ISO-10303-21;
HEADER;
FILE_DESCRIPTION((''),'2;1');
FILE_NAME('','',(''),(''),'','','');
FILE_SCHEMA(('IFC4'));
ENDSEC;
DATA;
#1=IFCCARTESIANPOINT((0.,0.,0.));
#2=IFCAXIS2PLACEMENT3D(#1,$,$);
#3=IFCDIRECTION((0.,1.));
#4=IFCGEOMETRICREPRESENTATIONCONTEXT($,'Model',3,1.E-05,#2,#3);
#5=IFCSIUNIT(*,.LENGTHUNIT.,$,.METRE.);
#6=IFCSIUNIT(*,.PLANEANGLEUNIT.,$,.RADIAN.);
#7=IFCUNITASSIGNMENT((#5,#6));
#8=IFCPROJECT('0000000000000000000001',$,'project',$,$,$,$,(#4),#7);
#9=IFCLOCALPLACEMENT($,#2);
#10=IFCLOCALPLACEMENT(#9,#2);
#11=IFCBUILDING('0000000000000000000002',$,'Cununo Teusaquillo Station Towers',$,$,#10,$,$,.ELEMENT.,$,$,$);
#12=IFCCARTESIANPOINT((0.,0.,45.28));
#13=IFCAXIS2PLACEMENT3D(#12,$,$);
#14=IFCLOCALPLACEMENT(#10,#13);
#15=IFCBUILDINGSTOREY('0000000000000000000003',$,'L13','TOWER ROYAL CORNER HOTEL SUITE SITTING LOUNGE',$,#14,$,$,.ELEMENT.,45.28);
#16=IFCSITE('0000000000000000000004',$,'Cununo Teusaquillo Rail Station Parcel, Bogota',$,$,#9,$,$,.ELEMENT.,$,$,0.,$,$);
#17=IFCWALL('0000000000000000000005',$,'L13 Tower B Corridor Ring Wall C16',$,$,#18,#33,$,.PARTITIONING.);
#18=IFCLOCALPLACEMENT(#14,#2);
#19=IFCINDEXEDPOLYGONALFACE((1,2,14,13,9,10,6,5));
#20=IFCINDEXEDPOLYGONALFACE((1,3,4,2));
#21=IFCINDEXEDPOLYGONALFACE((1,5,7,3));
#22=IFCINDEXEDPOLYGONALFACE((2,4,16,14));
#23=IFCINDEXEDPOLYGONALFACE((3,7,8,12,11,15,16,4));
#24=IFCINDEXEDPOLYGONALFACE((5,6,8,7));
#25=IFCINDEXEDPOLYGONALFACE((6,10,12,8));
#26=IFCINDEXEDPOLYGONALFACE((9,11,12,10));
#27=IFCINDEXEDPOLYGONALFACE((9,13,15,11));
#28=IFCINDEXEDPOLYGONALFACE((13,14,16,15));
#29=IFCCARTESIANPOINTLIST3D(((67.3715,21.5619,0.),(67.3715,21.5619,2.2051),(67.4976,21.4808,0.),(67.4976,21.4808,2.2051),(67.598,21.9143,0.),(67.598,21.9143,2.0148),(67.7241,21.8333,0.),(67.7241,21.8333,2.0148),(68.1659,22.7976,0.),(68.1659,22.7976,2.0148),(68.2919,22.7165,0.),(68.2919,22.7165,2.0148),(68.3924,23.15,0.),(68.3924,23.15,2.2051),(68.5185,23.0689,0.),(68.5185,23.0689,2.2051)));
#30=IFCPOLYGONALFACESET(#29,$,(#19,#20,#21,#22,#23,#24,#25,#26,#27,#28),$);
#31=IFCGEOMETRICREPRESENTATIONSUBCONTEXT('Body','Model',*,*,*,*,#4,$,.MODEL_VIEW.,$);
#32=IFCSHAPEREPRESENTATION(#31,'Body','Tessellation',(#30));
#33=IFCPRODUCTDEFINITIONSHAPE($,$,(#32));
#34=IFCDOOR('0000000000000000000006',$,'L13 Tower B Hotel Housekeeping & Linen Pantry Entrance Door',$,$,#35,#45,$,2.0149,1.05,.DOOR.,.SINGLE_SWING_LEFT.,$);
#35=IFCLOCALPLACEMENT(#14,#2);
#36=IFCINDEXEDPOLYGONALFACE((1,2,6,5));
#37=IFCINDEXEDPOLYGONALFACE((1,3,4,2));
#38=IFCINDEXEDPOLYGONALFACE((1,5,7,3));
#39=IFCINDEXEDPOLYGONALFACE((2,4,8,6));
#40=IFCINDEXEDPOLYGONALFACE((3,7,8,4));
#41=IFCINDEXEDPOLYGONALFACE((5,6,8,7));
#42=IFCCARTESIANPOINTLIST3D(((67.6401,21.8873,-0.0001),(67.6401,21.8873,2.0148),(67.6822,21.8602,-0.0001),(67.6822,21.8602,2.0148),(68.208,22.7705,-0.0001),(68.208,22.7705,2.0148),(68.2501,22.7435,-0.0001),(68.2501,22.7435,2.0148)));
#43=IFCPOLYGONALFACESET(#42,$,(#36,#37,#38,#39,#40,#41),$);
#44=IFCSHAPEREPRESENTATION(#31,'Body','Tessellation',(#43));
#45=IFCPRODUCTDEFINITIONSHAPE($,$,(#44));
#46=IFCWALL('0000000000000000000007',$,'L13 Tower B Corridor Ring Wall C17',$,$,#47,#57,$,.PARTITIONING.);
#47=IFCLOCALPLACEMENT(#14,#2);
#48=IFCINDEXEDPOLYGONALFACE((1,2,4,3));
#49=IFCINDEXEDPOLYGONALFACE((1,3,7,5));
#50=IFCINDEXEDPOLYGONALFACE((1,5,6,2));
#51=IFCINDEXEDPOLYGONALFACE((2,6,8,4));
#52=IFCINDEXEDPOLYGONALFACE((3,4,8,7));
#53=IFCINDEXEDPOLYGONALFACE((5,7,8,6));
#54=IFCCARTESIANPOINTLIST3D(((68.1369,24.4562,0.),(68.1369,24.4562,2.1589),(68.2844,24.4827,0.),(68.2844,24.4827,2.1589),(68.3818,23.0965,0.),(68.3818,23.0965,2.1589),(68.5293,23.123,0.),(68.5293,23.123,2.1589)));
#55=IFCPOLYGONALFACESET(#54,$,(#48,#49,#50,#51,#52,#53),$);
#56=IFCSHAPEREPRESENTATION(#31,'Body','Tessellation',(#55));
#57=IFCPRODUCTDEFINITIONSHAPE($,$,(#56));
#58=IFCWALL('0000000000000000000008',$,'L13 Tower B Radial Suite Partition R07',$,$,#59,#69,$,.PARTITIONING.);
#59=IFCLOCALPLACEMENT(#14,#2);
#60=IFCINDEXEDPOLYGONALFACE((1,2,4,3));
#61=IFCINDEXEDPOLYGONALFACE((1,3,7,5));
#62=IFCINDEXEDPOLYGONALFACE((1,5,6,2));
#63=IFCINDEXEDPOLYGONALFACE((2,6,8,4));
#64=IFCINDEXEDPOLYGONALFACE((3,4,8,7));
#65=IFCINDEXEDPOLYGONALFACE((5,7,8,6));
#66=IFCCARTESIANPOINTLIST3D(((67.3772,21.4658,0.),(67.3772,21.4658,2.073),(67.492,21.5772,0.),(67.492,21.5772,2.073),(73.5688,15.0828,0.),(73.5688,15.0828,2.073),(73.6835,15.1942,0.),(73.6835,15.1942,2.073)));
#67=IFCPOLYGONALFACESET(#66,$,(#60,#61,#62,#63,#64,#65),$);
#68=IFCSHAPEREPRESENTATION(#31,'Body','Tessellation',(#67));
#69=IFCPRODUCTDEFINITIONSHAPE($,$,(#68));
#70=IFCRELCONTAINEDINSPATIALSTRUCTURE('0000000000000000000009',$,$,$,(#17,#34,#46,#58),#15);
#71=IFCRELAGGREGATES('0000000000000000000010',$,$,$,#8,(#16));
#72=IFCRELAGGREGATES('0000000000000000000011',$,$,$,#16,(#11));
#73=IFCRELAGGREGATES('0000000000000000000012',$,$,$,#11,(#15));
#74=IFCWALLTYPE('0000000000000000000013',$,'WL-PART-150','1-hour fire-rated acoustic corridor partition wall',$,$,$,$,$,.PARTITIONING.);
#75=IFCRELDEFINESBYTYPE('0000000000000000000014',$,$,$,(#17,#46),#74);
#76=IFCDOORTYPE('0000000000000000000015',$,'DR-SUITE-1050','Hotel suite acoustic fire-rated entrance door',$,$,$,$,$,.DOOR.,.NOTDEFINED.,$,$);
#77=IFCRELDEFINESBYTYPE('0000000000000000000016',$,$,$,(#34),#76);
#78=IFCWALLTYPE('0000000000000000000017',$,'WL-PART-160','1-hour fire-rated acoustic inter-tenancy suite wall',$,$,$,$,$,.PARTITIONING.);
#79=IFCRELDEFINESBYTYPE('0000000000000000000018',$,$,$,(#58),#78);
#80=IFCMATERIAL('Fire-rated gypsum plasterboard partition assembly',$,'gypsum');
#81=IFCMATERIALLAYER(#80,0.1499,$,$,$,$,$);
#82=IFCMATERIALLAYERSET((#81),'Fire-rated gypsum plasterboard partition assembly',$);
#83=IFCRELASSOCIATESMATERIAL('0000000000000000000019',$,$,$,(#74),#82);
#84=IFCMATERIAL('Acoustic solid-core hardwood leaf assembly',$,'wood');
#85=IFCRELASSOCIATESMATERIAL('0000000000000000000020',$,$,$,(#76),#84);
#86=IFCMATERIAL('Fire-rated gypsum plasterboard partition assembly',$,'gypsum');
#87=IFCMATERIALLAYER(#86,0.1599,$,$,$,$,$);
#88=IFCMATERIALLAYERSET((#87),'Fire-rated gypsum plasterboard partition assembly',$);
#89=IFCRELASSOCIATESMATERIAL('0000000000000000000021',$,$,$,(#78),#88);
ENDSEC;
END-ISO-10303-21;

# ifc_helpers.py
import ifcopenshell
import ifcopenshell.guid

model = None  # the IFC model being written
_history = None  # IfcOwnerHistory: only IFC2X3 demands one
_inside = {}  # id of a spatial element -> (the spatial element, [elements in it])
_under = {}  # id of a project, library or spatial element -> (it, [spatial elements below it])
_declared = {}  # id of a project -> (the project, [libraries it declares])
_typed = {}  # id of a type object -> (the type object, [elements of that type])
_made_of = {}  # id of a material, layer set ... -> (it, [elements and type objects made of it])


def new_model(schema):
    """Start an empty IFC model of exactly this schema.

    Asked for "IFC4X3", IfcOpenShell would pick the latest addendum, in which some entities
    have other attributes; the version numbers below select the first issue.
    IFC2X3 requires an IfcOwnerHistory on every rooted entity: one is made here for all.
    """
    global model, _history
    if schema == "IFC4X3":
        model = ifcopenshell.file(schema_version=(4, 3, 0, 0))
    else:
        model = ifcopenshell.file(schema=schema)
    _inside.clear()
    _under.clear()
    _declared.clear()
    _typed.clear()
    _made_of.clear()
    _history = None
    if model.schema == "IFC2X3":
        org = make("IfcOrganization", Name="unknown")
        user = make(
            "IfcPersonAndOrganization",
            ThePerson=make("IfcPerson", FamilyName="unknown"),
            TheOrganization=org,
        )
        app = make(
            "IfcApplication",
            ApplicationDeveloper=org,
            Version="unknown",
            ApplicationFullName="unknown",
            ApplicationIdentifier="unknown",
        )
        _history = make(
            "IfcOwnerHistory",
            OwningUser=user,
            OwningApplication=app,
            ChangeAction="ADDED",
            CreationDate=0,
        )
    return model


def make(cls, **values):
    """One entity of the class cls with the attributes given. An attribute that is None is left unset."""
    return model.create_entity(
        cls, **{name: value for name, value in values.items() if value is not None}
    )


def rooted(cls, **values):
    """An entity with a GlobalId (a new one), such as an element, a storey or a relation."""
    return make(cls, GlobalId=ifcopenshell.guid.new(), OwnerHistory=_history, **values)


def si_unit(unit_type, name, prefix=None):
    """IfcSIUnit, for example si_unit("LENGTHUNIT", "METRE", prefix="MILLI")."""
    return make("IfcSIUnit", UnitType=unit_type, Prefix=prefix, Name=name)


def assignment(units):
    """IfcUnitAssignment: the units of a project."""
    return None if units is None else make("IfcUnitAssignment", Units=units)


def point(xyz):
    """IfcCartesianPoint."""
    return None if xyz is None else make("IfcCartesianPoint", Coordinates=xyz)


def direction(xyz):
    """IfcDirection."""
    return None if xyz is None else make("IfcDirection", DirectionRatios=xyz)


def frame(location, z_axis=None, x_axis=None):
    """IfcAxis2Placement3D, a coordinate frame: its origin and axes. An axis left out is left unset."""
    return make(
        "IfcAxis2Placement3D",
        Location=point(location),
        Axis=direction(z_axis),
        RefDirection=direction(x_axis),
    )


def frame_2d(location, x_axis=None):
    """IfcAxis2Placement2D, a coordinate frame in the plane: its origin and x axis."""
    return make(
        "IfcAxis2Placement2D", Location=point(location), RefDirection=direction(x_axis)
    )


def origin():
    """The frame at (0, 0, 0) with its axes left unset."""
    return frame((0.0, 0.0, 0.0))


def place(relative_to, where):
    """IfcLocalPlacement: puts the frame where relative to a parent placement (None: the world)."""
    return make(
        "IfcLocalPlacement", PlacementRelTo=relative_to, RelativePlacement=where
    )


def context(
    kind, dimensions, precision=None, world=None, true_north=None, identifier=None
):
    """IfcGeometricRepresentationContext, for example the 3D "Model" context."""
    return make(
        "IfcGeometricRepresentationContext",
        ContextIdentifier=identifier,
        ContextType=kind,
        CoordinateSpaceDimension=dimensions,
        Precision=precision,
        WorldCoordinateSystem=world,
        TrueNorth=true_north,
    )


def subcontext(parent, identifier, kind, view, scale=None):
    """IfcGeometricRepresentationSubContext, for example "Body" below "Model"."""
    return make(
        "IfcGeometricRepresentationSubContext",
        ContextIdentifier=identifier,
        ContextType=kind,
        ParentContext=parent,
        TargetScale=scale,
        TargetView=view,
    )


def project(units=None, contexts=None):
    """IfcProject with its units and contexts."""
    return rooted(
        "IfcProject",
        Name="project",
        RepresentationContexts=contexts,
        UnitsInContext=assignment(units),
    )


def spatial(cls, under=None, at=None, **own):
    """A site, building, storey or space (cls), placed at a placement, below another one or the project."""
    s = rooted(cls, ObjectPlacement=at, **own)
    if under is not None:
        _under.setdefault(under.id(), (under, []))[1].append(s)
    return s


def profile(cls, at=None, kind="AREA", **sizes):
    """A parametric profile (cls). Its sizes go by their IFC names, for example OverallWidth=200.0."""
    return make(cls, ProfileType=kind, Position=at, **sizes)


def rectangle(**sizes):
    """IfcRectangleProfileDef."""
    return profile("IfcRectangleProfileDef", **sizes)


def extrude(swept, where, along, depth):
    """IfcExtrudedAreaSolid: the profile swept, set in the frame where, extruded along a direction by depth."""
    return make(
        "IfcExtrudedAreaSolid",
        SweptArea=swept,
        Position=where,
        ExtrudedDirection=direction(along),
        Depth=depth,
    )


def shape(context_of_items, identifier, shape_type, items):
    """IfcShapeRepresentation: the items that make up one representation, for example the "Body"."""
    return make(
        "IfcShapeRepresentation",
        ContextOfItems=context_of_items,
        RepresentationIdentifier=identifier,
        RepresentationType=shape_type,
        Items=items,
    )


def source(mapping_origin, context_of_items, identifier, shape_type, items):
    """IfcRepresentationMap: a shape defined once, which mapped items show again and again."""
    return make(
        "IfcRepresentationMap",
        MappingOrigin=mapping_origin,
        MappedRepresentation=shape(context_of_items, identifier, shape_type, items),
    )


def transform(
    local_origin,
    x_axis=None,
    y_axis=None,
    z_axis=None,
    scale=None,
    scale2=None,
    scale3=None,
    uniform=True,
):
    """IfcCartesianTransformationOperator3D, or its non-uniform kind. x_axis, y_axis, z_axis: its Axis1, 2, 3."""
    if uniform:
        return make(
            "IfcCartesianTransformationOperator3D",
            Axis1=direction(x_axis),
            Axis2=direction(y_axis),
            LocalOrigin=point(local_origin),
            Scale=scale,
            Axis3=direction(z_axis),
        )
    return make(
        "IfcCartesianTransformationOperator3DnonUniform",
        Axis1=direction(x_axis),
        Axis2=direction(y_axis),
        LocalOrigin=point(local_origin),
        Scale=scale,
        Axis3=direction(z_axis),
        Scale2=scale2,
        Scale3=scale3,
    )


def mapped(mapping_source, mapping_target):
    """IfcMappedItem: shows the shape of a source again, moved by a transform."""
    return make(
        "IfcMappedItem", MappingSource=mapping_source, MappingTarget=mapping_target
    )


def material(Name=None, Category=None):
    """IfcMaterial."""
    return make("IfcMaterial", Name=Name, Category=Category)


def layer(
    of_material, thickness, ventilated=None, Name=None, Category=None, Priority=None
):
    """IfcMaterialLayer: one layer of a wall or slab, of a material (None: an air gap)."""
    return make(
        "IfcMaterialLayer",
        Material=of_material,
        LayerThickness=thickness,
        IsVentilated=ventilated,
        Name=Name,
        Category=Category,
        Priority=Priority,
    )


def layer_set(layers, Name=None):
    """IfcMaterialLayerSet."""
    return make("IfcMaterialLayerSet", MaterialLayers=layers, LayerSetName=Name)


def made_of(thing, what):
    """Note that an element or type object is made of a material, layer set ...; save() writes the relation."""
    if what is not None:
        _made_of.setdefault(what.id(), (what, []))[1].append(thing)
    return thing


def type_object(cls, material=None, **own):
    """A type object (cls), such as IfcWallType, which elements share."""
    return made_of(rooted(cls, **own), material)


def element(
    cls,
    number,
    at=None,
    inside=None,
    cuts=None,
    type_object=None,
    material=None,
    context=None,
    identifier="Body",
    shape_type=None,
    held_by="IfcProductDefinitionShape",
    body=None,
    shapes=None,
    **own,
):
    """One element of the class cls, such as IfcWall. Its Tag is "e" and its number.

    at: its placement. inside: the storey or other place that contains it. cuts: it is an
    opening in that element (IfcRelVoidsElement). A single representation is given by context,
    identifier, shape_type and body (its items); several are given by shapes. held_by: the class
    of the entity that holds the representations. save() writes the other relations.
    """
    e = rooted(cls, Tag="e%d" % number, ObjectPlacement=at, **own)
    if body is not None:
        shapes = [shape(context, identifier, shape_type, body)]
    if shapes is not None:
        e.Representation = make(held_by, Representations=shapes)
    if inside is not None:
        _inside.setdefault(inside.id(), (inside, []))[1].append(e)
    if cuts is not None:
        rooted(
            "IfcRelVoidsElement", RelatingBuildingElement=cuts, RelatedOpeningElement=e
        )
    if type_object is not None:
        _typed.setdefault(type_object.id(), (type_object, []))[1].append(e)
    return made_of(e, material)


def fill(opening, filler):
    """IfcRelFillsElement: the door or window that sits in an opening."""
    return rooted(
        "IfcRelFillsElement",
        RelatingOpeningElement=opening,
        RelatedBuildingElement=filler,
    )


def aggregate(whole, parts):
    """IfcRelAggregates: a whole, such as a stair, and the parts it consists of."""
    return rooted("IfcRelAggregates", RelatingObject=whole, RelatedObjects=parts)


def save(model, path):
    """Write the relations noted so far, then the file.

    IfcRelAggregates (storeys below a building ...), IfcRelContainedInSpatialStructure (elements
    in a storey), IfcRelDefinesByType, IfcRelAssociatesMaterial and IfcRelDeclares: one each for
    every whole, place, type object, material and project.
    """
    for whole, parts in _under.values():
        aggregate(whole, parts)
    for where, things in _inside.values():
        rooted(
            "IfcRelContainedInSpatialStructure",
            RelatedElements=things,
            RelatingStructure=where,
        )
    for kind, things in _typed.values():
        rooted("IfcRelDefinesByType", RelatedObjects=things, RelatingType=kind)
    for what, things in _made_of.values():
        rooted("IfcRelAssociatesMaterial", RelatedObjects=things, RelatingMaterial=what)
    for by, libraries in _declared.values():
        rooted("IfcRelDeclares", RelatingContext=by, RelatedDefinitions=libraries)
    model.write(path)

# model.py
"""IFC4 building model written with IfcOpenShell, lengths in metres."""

from ifc_helpers import new_model, si_unit, direction, frame, frame_2d, origin, place, context, subcontext, project, spatial, rectangle, extrude, source, transform, mapped, material, layer, layer_set, type_object, element, fill, save


model = new_model("IFC4")

# Units and contexts
model_context = context("Model", 3, precision=1e-05, world=origin(), true_north=direction((0.0, 1.0)))
body_context = subcontext(model_context, "Body", "Model", "MODEL_VIEW")
ifc_project = project(units=[si_unit("LENGTHUNIT", "METRE"), si_unit("PLANEANGLEUNIT", "RADIAN")], contexts=[model_context])

# Site, building, storey
site_placement = place(None, origin())
site = spatial("IfcSite", under=ifc_project, at=site_placement, Name="Cununo Teusaquillo Rail Station Parcel, Bogota", CompositionType="ELEMENT", RefElevation=0.0)
building_placement = place(site_placement, origin())
building = spatial("IfcBuilding", under=site, at=building_placement, Name="Cununo Teusaquillo Station Towers", CompositionType="ELEMENT")
storey_placement = place(building_placement, frame((0.0, 0.0, 45.28)))
storey = spatial("IfcBuildingStorey", under=building, at=storey_placement, Name="L13", Description="TOWER ROYAL CORNER HOTEL SUITE SITTING LOUNGE", CompositionType="ELEMENT", Elevation=45.28)

# Wall, opening, door
ifc_material_1 = material(Name="Fire-rated gypsum plasterboard partition assembly", Category="gypsum")
ifc_layer_1 = layer(ifc_material_1, 0.1499)
ifc_layer_set_1 = layer_set([ifc_layer_1], Name="Fire-rated gypsum plasterboard partition assembly")
wall_type_1 = type_object("IfcWallType", Name="WL-PART-150", Description="1-hour fire-rated acoustic corridor partition wall", PredefinedType="PARTITIONING", material=ifc_layer_set_1)
wall_1_placement = place(storey_placement, frame((67.4346, 21.5215, 0.0), z_axis=(0.0, 0.0, 1.0), x_axis=(0.540777, 0.841166, 0.0)))
wall_1 = element("IfcWall", 1, at=wall_1_placement, inside=storey, type_object=wall_type_1, Name="L13 Tower B Corridor Ring Wall C16", PredefinedType="PARTITIONING", context=body_context, shape_type="SweptSolid", body=[
    extrude(rectangle(XDim=1.8879, YDim=0.1499, at=frame_2d((0.9438, 0.0))), origin(), (0.0, 0.0, 1.0), 2.2051),
])
shared_shape_1 = source(origin(), body_context, "Body", "SweptSolid", [
    extrude(rectangle(XDim=1.05, YDim=2.0149, at=frame_2d((0.5249, 1.0073))), frame((0.0, 0.085, 0.0), z_axis=(0.0, -1.0, 0.0), x_axis=(1.0, 0.0, 0.0)), (0.0, 0.0, 1.0), 0.1699),
])
opening_1_placement = place(wall_1_placement, frame((0.4189, 0.0, 0.0)))
opening_1 = element("IfcOpeningElement", 2, at=opening_1_placement, cuts=wall_1, PredefinedType="OPENING", context=body_context, shape_type="MappedRepresentation", body=[
    mapped(shared_shape_1, transform((0.0, 0.0, 0.0), x_axis=(1.0, 0.0, 0.0), y_axis=(0.0, 1.0, 0.0), z_axis=(0.0, 0.0, 1.0), scale=1.0)),
])
ifc_material_2 = material(Name="Acoustic solid-core hardwood leaf assembly", Category="wood")
door_type_1 = type_object("IfcDoorType", Name="DR-SUITE-1050", Description="Hotel suite acoustic fire-rated entrance door", OperationType="NOTDEFINED", PredefinedType="DOOR", material=ifc_material_2)
shared_shape_2 = source(origin(), body_context, "Body", "SweptSolid", [
    extrude(rectangle(XDim=1.05, YDim=2.0149, at=frame_2d((0.5249, 1.0073))), frame((0.0, 0.0249, 0.0), z_axis=(0.0, -1.0, 0.0), x_axis=(1.0, 0.0, 0.0)), (0.0, 0.0, 1.0), 0.05),
])
door_1_placement = place(opening_1_placement, origin())
door_1 = element("IfcDoor", 3, at=door_1_placement, inside=storey, type_object=door_type_1, Name="L13 Tower B Hotel Housekeeping & Linen Pantry Entrance Door", OperationType="SINGLE_SWING_LEFT", OverallHeight=2.0149, OverallWidth=1.05, PredefinedType="DOOR", context=body_context, shape_type="MappedRepresentation", body=[
    mapped(shared_shape_2, transform((0.0, 0.0, 0.0), x_axis=(1.0, 0.0, 0.0), y_axis=(0.0, 1.0, 0.0), z_axis=(0.0, 0.0, 1.0), scale=1.0)),
])
fill(opening_1, door_1)

# Walls
wall_2_placement = place(storey_placement, frame((68.4556, 23.1096, 0.0), z_axis=(0.0, 0.0, 1.0), x_axis=(-0.177252, 0.984165, 0.0)))
element("IfcWall", 4, at=wall_2_placement, inside=storey, type_object=wall_type_1, Name="L13 Tower B Corridor Ring Wall C17", PredefinedType="PARTITIONING", context=body_context, shape_type="SweptSolid", body=[
    extrude(rectangle(XDim=1.3816, YDim=0.1499, at=frame_2d((0.6909, 0.0))), origin(), (0.0, 0.0, 1.0), 2.1589),
])
ifc_material_3 = material(Name="Fire-rated gypsum plasterboard partition assembly", Category="gypsum")
ifc_layer_2 = layer(ifc_material_3, 0.1599)
ifc_layer_set_2 = layer_set([ifc_layer_2], Name="Fire-rated gypsum plasterboard partition assembly")
wall_type_2 = type_object("IfcWallType", Name="WL-PART-160", Description="1-hour fire-rated acoustic inter-tenancy suite wall", PredefinedType="PARTITIONING", material=ifc_layer_set_2)
wall_3_placement = place(storey_placement, frame((67.4346, 21.5215, 0.0), z_axis=(0.0, 0.0, 1.0), x_axis=(0.696263, -0.717787, 0.0)))
element("IfcWall", 5, at=wall_3_placement, inside=storey, type_object=wall_type_2, Name="L13 Tower B Radial Suite Partition R07", PredefinedType="PARTITIONING", context=body_context, shape_type="SweptSolid", body=[
    extrude(rectangle(XDim=8.8926, YDim=0.1599, at=frame_2d((4.4463, 0.0))), origin(), (0.0, 0.0, 1.0), 2.073),
])

save(model, "model.ifc")
